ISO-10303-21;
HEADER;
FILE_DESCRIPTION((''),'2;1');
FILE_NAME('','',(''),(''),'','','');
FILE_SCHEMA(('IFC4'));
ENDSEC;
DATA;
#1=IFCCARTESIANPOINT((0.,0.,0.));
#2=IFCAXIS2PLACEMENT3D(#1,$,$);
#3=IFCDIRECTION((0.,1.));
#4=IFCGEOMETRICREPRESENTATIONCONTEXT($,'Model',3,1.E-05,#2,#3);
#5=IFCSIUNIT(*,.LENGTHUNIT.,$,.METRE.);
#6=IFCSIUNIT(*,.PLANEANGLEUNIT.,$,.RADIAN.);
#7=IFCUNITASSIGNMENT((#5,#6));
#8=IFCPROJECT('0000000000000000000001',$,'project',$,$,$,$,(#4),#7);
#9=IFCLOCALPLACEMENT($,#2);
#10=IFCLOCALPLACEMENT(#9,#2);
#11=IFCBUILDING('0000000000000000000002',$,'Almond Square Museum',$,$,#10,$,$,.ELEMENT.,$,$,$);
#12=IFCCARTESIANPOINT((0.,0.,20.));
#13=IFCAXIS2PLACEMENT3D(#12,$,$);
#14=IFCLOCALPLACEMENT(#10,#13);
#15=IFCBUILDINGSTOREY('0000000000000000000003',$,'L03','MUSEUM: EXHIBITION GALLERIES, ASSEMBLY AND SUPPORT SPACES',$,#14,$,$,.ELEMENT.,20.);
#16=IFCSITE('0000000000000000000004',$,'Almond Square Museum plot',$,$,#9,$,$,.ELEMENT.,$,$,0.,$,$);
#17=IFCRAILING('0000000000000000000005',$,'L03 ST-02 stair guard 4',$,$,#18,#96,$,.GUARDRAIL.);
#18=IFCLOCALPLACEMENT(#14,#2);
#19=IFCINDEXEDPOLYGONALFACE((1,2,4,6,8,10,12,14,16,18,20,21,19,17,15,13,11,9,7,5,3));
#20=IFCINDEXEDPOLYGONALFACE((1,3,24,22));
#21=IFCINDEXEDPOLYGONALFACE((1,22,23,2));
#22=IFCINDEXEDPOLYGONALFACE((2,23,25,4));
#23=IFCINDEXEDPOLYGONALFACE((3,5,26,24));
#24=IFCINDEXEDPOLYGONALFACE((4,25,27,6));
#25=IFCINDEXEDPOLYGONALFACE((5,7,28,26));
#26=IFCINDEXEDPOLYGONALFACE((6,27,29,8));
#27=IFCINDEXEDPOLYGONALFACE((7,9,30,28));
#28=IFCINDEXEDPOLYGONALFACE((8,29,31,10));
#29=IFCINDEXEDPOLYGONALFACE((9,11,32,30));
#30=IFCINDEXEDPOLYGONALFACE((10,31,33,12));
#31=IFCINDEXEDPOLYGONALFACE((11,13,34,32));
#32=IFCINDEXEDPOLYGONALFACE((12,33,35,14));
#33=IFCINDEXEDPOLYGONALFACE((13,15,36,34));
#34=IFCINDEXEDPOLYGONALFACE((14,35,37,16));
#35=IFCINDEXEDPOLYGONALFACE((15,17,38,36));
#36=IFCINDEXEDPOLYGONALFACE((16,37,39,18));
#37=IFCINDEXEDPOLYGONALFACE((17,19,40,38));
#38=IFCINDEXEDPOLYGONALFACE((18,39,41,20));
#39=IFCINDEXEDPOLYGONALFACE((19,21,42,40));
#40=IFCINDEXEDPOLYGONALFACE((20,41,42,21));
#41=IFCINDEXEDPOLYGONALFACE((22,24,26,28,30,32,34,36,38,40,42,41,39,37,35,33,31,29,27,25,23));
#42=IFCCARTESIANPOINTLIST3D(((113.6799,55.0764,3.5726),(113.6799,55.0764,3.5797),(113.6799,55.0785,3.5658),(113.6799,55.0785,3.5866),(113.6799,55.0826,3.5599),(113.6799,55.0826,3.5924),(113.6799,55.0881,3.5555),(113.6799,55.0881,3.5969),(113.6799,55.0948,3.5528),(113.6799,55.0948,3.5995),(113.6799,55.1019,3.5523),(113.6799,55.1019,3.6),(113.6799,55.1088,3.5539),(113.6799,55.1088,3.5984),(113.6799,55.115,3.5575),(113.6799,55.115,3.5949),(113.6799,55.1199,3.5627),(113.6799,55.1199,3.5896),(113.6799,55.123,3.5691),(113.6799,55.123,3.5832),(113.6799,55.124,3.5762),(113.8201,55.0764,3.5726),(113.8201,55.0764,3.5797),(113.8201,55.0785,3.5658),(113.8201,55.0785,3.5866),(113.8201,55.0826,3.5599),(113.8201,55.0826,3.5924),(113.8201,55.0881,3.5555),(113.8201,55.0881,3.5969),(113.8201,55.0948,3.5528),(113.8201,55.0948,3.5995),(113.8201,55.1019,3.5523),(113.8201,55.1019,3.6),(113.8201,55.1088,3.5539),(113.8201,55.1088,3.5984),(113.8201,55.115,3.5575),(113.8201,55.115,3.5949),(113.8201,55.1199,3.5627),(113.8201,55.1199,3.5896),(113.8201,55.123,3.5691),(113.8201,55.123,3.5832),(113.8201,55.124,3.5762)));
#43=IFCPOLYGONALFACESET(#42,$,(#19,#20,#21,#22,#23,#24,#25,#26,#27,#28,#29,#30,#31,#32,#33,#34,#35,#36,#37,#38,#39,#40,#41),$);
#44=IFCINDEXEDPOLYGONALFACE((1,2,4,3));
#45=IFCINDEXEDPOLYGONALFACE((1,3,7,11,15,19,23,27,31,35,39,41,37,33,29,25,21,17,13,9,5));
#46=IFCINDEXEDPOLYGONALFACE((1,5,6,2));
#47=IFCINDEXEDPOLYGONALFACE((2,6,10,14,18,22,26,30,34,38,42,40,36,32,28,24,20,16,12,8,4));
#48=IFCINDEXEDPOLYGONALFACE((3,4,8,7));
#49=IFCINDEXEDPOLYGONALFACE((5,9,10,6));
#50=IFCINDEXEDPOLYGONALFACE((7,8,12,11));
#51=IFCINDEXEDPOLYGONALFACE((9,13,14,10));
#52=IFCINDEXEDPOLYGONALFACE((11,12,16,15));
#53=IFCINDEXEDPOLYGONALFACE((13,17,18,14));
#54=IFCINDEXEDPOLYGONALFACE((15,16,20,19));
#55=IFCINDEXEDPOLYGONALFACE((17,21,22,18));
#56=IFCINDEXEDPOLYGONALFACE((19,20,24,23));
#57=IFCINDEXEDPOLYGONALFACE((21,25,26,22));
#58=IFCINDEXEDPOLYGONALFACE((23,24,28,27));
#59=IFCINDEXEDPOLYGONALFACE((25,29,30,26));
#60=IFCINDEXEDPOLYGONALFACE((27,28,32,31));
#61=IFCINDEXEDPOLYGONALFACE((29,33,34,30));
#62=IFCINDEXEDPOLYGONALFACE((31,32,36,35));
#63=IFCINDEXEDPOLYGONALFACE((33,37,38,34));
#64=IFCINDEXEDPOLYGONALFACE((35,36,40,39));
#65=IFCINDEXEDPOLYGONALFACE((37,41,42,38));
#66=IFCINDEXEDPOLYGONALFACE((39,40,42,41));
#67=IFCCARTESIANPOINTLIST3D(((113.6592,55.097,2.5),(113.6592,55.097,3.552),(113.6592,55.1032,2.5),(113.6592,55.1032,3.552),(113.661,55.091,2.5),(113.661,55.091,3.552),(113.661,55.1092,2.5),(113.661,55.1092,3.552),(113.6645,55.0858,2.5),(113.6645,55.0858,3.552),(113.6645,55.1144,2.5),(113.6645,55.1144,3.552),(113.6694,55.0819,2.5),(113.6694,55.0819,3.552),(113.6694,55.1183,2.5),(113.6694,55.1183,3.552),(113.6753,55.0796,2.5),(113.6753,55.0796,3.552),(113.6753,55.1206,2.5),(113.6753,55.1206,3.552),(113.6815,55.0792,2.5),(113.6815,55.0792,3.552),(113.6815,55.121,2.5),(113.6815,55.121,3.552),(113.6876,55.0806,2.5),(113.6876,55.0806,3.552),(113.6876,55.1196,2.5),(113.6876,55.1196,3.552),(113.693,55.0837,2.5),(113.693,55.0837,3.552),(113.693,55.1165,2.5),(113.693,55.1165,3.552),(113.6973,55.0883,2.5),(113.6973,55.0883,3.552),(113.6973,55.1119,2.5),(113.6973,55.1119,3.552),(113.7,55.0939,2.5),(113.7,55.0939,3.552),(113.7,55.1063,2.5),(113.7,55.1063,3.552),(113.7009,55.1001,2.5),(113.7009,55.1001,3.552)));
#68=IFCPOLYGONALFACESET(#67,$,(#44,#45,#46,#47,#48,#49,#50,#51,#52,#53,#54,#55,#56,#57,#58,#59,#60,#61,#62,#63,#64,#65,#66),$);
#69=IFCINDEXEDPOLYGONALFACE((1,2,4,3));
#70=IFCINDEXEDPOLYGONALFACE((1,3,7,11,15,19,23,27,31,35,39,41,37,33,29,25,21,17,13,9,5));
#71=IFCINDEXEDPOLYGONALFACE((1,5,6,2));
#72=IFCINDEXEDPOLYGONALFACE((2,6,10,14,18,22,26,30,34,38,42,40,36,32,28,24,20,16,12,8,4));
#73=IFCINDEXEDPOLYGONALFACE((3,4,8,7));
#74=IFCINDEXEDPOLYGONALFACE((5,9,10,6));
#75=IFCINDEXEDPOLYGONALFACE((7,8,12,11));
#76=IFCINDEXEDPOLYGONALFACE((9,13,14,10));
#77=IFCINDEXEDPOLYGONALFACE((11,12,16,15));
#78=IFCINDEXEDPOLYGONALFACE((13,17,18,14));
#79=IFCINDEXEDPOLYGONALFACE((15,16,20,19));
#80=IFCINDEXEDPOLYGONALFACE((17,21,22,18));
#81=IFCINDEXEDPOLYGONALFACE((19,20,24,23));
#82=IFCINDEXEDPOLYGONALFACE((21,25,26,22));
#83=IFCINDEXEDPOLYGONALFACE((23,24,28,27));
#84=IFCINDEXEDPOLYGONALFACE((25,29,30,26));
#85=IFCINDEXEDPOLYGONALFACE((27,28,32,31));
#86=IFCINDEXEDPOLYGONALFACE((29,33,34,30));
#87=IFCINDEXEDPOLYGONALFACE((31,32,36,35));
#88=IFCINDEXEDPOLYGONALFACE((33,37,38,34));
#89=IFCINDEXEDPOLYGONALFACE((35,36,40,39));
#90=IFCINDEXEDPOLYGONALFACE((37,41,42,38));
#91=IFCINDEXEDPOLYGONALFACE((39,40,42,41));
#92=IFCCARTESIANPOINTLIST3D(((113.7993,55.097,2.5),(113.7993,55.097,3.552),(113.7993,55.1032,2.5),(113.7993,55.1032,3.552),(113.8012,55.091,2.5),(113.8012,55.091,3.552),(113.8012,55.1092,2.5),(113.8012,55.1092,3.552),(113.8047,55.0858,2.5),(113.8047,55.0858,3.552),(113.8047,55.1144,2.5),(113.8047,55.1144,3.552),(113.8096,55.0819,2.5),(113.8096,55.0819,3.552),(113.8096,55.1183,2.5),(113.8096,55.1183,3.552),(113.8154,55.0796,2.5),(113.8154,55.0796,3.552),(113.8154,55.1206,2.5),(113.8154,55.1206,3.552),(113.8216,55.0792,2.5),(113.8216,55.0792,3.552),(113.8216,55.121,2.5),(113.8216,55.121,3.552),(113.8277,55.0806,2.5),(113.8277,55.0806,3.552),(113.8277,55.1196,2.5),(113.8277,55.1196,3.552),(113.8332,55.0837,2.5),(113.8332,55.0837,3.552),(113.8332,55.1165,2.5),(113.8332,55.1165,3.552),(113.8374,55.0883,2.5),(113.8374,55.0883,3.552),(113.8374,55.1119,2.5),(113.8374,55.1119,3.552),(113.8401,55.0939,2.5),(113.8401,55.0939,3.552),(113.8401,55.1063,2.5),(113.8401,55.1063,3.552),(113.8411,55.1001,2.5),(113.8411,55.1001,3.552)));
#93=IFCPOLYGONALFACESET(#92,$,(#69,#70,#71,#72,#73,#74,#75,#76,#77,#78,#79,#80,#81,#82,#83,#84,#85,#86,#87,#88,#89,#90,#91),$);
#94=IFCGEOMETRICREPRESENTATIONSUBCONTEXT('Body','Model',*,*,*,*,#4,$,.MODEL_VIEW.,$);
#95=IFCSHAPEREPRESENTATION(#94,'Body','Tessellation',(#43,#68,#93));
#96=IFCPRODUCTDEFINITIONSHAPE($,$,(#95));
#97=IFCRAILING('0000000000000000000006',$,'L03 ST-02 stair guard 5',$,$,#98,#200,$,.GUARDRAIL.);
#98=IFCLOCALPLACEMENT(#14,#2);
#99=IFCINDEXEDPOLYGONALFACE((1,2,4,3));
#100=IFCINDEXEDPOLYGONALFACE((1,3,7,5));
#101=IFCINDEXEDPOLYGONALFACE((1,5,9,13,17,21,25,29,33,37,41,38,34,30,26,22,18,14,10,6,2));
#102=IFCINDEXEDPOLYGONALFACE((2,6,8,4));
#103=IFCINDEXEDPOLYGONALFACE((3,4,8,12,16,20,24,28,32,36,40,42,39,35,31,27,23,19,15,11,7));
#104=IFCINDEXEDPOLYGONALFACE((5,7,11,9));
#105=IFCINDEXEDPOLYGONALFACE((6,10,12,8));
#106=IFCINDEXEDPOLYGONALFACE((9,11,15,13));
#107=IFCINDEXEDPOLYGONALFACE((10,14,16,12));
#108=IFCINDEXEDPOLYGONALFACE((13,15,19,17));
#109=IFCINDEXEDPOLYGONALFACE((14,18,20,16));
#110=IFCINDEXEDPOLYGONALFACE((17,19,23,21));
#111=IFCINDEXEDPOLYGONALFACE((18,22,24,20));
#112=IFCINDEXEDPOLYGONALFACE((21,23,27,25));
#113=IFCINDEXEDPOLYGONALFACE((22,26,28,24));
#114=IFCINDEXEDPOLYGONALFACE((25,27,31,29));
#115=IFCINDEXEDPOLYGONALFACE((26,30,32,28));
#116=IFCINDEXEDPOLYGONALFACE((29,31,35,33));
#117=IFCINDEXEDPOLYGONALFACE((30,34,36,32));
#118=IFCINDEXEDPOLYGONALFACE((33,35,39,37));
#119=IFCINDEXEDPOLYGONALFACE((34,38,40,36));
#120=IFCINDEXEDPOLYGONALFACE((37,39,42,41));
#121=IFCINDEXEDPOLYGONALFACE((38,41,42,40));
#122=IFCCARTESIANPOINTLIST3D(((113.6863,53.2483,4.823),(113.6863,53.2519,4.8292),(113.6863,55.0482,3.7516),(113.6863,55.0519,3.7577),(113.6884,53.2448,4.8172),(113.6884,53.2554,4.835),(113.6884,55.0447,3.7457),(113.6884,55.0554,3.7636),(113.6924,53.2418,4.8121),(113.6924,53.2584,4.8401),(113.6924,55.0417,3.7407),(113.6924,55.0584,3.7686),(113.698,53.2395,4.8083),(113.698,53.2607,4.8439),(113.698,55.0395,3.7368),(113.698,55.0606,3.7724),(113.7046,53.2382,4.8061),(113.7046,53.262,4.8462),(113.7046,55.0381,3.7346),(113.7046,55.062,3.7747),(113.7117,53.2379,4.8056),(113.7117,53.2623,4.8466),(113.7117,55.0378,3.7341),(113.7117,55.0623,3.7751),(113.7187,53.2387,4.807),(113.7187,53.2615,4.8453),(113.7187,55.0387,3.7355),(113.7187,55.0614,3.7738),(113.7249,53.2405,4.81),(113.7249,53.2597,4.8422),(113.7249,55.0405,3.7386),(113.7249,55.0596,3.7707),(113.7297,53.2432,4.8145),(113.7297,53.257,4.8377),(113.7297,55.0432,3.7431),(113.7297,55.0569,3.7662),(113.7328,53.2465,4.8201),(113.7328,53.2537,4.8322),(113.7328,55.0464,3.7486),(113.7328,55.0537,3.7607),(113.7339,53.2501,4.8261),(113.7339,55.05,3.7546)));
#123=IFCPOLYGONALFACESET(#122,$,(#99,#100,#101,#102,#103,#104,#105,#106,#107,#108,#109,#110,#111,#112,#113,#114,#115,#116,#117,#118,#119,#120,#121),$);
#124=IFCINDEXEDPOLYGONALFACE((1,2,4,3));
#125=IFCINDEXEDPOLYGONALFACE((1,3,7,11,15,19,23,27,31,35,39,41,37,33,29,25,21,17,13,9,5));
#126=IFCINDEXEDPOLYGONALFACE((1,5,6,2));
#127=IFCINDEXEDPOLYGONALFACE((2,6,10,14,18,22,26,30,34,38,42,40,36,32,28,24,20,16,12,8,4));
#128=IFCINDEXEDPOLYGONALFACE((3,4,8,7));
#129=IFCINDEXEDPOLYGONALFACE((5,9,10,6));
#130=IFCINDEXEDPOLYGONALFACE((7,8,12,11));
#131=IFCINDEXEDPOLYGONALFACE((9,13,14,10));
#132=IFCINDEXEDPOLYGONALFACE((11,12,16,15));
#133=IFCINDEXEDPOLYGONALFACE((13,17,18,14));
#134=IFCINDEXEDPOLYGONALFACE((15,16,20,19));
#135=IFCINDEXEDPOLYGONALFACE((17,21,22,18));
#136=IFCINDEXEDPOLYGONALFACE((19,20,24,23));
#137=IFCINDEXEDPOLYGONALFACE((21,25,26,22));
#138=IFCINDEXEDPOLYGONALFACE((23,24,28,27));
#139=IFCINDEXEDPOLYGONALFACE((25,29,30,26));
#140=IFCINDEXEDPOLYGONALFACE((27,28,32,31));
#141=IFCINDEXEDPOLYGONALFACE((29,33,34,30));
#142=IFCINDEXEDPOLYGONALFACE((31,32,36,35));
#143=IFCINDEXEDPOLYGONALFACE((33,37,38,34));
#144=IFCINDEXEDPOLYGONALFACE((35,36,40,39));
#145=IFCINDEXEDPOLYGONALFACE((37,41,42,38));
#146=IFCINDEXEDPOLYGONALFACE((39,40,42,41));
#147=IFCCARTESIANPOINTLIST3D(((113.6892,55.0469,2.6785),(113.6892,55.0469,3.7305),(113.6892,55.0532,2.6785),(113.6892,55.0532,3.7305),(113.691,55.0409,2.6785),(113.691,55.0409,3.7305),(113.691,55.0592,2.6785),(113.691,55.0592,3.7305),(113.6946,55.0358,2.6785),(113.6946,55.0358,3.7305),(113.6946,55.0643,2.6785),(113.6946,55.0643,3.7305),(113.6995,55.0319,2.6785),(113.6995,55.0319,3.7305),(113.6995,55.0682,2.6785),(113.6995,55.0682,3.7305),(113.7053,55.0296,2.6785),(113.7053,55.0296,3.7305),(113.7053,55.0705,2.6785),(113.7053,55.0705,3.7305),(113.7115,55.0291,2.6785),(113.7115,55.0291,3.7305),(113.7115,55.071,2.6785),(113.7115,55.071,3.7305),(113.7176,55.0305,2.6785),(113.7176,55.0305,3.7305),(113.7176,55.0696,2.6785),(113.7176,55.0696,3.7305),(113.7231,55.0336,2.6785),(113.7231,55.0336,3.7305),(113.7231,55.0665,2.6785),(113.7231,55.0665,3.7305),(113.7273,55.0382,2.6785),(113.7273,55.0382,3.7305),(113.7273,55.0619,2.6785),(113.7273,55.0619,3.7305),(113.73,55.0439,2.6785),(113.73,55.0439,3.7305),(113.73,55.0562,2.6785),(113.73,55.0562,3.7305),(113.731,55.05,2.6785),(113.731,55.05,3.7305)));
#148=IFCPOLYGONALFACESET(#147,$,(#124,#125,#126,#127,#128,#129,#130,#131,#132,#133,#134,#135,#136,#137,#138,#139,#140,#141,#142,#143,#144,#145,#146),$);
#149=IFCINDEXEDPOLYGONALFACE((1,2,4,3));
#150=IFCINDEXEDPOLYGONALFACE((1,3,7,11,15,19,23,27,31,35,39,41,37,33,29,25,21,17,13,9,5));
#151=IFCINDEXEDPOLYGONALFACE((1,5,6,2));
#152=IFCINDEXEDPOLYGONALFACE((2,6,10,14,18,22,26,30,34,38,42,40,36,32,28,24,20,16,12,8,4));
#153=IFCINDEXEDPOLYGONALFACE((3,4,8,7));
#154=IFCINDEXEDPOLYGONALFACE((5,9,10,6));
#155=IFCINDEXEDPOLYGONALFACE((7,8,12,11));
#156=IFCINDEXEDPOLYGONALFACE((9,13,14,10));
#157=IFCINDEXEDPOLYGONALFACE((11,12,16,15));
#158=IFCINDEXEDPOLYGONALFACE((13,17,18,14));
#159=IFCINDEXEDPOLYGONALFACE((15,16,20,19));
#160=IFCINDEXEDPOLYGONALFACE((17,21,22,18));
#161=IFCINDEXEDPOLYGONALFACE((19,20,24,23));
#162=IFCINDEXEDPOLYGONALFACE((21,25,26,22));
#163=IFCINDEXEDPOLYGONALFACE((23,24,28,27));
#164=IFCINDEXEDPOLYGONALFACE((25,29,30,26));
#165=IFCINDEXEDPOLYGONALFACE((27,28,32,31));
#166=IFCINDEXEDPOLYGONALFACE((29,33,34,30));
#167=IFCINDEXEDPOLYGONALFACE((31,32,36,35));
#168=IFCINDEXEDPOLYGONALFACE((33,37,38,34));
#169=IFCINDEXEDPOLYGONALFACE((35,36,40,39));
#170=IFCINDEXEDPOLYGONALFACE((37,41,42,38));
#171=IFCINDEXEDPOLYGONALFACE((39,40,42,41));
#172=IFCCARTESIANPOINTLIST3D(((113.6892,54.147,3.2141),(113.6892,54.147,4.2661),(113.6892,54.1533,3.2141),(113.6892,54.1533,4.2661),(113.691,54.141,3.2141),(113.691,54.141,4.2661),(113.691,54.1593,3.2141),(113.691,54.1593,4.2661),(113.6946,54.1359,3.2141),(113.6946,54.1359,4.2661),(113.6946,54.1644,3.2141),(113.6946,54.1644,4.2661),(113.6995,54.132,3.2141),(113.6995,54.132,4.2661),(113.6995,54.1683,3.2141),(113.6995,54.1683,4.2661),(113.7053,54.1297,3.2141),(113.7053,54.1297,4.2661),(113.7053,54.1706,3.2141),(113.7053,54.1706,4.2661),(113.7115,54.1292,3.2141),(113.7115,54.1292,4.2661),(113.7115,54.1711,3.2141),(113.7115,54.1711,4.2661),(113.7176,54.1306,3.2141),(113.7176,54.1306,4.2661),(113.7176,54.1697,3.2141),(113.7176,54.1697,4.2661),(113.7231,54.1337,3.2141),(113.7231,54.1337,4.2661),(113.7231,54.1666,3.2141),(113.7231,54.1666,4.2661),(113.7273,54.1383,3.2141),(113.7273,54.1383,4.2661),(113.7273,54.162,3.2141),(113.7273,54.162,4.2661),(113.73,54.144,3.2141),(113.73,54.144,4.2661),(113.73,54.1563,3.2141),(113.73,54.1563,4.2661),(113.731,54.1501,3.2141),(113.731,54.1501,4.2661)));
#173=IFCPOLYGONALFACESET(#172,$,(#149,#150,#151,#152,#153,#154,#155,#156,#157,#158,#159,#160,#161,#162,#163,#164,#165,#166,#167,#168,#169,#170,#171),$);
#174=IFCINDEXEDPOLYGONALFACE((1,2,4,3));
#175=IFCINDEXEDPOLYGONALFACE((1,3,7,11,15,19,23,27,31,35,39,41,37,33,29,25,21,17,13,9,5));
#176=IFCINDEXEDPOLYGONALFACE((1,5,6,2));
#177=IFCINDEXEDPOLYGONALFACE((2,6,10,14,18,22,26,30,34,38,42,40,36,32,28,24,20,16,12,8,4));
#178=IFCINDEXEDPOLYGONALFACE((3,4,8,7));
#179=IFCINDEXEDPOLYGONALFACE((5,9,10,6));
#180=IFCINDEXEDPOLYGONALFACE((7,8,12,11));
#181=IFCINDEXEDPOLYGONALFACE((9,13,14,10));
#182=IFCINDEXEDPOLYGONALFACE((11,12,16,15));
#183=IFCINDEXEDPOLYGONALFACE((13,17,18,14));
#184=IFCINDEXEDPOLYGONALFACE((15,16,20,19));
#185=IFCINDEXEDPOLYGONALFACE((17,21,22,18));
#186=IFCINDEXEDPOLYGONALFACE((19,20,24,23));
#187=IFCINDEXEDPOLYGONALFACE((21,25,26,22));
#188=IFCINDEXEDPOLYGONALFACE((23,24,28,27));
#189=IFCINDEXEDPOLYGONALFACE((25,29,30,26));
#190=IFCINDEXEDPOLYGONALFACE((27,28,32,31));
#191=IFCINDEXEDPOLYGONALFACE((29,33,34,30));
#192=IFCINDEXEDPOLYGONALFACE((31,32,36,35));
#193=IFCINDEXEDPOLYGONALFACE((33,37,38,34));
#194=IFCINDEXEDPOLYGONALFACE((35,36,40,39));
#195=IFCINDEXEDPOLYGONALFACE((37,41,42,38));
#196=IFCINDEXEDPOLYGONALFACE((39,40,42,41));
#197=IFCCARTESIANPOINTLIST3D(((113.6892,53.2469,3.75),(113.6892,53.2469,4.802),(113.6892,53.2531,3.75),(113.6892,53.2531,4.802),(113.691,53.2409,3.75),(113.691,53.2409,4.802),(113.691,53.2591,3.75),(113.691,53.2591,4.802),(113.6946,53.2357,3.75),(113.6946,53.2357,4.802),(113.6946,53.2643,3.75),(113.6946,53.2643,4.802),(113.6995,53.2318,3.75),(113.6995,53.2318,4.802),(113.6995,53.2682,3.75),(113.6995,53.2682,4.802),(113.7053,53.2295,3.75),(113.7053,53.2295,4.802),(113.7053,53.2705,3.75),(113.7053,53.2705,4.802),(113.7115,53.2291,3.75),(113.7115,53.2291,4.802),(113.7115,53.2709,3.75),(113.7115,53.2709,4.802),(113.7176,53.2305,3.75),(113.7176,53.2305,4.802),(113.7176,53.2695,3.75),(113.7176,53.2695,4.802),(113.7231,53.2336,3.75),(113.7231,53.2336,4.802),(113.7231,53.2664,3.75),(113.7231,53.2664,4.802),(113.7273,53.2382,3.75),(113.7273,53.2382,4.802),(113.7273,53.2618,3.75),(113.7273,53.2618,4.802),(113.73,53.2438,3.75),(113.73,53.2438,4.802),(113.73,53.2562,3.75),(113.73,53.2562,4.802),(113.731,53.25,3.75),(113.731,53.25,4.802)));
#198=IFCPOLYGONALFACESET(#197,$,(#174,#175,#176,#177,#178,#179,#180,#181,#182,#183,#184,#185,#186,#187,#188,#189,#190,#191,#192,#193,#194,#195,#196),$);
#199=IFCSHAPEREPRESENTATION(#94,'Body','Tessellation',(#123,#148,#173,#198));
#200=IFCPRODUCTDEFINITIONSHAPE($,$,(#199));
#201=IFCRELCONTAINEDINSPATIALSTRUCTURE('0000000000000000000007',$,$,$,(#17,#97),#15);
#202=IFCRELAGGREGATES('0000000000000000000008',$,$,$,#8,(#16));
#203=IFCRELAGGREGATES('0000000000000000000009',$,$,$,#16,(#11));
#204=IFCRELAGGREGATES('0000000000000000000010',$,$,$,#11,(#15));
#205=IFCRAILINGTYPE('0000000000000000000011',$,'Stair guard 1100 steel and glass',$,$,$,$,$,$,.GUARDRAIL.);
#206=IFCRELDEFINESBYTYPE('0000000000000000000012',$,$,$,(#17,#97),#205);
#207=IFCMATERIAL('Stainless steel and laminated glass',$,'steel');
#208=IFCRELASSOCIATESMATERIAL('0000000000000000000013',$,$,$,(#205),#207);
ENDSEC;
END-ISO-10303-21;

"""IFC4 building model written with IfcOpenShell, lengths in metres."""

from ifc_helpers import new_model, si_unit, direction, frame, origin, origin_2d, place, context, subcontext, project, spatial, circle, extrude, material, type_object, element, save


model = new_model("IFC4")

# Units and contexts
model_context = context("Model", 3, precision=1e-05, world=origin(), true_north=direction((0.0, 1.0)))
body_context = subcontext(model_context, "Body", "Model", "MODEL_VIEW")
ifc_project = project(units=[si_unit("LENGTHUNIT", "METRE"), si_unit("PLANEANGLEUNIT", "RADIAN")], contexts=[model_context])

# Site, building, storey
site_placement = place(None, origin())
site = spatial("IfcSite", under=ifc_project, at=site_placement, Name="Almond Square Museum plot", CompositionType="ELEMENT", RefElevation=0.0)
building_placement = place(site_placement, origin())
building = spatial("IfcBuilding", under=site, at=building_placement, Name="Almond Square Museum", CompositionType="ELEMENT")
storey_placement = place(building_placement, frame((0.0, 0.0, 20.0)))
storey = spatial("IfcBuildingStorey", under=building, at=storey_placement, Name="L03", Description="MUSEUM: EXHIBITION GALLERIES, ASSEMBLY AND SUPPORT SPACES", CompositionType="ELEMENT", Elevation=20.0)

# Railings
ifc_material_1 = material(Name="Stainless steel and laminated glass", Category="steel")
railing_type_1 = type_object("IfcRailingType", Name="Stair guard 1100 steel and glass", PredefinedType="GUARDRAIL", material=ifc_material_1)
railing_1_placement = place(storey_placement, frame((113.6799, 55.1001, 2.5)))
element("IfcRailing", 1, at=railing_1_placement, inside=storey, type_object=railing_type_1, Name="L03 ST-02 stair guard 4", PredefinedType="GUARDRAIL", context=body_context, shape_type="SweptSolid", body=[
    extrude(circle(Radius=0.0239, at=origin_2d()), frame((0.0, 0.0, 1.0762), z_axis=(1.0, 0.0, 0.0), x_axis=(0.0, 1.0, 0.0)), (0.0, 0.0, 1.0), 0.1401),
    extrude(circle(Radius=0.021, at=origin_2d()), origin(), (0.0, 0.0, 1.0), 1.052),
    extrude(circle(Radius=0.021, at=origin_2d()), frame((0.1401, 0.0, 0.0)), (0.0, 0.0, 1.0), 1.052),
])
railing_2_placement = place(storey_placement, frame((113.71, 55.05, 2.6785)))
element("IfcRailing", 2, at=railing_2_placement, inside=storey, type_object=railing_type_1, Name="L03 ST-02 stair guard 5", PredefinedType="GUARDRAIL", context=body_context, shape_type="SweptSolid", body=[
    extrude(circle(Radius=0.0239, at=origin_2d()), frame((0.0, 0.0, 1.0762), z_axis=(0.0, -0.859277, 0.51151), x_axis=(1.0, 0.0, 0.0)), (0.0, 0.0, 1.0), 2.0947),
    extrude(circle(Radius=0.021, at=origin_2d()), origin(), (0.0, 0.0, 1.0), 1.052),
    extrude(circle(Radius=0.021, at=origin_2d()), frame((0.0, -0.8999, 0.5356)), (0.0, 0.0, 1.0), 1.052),
    extrude(circle(Radius=0.021, at=origin_2d()), frame((0.0, -1.8, 1.0715)), (0.0, 0.0, 1.0), 1.052),
])

save(model, "model.ifc")
